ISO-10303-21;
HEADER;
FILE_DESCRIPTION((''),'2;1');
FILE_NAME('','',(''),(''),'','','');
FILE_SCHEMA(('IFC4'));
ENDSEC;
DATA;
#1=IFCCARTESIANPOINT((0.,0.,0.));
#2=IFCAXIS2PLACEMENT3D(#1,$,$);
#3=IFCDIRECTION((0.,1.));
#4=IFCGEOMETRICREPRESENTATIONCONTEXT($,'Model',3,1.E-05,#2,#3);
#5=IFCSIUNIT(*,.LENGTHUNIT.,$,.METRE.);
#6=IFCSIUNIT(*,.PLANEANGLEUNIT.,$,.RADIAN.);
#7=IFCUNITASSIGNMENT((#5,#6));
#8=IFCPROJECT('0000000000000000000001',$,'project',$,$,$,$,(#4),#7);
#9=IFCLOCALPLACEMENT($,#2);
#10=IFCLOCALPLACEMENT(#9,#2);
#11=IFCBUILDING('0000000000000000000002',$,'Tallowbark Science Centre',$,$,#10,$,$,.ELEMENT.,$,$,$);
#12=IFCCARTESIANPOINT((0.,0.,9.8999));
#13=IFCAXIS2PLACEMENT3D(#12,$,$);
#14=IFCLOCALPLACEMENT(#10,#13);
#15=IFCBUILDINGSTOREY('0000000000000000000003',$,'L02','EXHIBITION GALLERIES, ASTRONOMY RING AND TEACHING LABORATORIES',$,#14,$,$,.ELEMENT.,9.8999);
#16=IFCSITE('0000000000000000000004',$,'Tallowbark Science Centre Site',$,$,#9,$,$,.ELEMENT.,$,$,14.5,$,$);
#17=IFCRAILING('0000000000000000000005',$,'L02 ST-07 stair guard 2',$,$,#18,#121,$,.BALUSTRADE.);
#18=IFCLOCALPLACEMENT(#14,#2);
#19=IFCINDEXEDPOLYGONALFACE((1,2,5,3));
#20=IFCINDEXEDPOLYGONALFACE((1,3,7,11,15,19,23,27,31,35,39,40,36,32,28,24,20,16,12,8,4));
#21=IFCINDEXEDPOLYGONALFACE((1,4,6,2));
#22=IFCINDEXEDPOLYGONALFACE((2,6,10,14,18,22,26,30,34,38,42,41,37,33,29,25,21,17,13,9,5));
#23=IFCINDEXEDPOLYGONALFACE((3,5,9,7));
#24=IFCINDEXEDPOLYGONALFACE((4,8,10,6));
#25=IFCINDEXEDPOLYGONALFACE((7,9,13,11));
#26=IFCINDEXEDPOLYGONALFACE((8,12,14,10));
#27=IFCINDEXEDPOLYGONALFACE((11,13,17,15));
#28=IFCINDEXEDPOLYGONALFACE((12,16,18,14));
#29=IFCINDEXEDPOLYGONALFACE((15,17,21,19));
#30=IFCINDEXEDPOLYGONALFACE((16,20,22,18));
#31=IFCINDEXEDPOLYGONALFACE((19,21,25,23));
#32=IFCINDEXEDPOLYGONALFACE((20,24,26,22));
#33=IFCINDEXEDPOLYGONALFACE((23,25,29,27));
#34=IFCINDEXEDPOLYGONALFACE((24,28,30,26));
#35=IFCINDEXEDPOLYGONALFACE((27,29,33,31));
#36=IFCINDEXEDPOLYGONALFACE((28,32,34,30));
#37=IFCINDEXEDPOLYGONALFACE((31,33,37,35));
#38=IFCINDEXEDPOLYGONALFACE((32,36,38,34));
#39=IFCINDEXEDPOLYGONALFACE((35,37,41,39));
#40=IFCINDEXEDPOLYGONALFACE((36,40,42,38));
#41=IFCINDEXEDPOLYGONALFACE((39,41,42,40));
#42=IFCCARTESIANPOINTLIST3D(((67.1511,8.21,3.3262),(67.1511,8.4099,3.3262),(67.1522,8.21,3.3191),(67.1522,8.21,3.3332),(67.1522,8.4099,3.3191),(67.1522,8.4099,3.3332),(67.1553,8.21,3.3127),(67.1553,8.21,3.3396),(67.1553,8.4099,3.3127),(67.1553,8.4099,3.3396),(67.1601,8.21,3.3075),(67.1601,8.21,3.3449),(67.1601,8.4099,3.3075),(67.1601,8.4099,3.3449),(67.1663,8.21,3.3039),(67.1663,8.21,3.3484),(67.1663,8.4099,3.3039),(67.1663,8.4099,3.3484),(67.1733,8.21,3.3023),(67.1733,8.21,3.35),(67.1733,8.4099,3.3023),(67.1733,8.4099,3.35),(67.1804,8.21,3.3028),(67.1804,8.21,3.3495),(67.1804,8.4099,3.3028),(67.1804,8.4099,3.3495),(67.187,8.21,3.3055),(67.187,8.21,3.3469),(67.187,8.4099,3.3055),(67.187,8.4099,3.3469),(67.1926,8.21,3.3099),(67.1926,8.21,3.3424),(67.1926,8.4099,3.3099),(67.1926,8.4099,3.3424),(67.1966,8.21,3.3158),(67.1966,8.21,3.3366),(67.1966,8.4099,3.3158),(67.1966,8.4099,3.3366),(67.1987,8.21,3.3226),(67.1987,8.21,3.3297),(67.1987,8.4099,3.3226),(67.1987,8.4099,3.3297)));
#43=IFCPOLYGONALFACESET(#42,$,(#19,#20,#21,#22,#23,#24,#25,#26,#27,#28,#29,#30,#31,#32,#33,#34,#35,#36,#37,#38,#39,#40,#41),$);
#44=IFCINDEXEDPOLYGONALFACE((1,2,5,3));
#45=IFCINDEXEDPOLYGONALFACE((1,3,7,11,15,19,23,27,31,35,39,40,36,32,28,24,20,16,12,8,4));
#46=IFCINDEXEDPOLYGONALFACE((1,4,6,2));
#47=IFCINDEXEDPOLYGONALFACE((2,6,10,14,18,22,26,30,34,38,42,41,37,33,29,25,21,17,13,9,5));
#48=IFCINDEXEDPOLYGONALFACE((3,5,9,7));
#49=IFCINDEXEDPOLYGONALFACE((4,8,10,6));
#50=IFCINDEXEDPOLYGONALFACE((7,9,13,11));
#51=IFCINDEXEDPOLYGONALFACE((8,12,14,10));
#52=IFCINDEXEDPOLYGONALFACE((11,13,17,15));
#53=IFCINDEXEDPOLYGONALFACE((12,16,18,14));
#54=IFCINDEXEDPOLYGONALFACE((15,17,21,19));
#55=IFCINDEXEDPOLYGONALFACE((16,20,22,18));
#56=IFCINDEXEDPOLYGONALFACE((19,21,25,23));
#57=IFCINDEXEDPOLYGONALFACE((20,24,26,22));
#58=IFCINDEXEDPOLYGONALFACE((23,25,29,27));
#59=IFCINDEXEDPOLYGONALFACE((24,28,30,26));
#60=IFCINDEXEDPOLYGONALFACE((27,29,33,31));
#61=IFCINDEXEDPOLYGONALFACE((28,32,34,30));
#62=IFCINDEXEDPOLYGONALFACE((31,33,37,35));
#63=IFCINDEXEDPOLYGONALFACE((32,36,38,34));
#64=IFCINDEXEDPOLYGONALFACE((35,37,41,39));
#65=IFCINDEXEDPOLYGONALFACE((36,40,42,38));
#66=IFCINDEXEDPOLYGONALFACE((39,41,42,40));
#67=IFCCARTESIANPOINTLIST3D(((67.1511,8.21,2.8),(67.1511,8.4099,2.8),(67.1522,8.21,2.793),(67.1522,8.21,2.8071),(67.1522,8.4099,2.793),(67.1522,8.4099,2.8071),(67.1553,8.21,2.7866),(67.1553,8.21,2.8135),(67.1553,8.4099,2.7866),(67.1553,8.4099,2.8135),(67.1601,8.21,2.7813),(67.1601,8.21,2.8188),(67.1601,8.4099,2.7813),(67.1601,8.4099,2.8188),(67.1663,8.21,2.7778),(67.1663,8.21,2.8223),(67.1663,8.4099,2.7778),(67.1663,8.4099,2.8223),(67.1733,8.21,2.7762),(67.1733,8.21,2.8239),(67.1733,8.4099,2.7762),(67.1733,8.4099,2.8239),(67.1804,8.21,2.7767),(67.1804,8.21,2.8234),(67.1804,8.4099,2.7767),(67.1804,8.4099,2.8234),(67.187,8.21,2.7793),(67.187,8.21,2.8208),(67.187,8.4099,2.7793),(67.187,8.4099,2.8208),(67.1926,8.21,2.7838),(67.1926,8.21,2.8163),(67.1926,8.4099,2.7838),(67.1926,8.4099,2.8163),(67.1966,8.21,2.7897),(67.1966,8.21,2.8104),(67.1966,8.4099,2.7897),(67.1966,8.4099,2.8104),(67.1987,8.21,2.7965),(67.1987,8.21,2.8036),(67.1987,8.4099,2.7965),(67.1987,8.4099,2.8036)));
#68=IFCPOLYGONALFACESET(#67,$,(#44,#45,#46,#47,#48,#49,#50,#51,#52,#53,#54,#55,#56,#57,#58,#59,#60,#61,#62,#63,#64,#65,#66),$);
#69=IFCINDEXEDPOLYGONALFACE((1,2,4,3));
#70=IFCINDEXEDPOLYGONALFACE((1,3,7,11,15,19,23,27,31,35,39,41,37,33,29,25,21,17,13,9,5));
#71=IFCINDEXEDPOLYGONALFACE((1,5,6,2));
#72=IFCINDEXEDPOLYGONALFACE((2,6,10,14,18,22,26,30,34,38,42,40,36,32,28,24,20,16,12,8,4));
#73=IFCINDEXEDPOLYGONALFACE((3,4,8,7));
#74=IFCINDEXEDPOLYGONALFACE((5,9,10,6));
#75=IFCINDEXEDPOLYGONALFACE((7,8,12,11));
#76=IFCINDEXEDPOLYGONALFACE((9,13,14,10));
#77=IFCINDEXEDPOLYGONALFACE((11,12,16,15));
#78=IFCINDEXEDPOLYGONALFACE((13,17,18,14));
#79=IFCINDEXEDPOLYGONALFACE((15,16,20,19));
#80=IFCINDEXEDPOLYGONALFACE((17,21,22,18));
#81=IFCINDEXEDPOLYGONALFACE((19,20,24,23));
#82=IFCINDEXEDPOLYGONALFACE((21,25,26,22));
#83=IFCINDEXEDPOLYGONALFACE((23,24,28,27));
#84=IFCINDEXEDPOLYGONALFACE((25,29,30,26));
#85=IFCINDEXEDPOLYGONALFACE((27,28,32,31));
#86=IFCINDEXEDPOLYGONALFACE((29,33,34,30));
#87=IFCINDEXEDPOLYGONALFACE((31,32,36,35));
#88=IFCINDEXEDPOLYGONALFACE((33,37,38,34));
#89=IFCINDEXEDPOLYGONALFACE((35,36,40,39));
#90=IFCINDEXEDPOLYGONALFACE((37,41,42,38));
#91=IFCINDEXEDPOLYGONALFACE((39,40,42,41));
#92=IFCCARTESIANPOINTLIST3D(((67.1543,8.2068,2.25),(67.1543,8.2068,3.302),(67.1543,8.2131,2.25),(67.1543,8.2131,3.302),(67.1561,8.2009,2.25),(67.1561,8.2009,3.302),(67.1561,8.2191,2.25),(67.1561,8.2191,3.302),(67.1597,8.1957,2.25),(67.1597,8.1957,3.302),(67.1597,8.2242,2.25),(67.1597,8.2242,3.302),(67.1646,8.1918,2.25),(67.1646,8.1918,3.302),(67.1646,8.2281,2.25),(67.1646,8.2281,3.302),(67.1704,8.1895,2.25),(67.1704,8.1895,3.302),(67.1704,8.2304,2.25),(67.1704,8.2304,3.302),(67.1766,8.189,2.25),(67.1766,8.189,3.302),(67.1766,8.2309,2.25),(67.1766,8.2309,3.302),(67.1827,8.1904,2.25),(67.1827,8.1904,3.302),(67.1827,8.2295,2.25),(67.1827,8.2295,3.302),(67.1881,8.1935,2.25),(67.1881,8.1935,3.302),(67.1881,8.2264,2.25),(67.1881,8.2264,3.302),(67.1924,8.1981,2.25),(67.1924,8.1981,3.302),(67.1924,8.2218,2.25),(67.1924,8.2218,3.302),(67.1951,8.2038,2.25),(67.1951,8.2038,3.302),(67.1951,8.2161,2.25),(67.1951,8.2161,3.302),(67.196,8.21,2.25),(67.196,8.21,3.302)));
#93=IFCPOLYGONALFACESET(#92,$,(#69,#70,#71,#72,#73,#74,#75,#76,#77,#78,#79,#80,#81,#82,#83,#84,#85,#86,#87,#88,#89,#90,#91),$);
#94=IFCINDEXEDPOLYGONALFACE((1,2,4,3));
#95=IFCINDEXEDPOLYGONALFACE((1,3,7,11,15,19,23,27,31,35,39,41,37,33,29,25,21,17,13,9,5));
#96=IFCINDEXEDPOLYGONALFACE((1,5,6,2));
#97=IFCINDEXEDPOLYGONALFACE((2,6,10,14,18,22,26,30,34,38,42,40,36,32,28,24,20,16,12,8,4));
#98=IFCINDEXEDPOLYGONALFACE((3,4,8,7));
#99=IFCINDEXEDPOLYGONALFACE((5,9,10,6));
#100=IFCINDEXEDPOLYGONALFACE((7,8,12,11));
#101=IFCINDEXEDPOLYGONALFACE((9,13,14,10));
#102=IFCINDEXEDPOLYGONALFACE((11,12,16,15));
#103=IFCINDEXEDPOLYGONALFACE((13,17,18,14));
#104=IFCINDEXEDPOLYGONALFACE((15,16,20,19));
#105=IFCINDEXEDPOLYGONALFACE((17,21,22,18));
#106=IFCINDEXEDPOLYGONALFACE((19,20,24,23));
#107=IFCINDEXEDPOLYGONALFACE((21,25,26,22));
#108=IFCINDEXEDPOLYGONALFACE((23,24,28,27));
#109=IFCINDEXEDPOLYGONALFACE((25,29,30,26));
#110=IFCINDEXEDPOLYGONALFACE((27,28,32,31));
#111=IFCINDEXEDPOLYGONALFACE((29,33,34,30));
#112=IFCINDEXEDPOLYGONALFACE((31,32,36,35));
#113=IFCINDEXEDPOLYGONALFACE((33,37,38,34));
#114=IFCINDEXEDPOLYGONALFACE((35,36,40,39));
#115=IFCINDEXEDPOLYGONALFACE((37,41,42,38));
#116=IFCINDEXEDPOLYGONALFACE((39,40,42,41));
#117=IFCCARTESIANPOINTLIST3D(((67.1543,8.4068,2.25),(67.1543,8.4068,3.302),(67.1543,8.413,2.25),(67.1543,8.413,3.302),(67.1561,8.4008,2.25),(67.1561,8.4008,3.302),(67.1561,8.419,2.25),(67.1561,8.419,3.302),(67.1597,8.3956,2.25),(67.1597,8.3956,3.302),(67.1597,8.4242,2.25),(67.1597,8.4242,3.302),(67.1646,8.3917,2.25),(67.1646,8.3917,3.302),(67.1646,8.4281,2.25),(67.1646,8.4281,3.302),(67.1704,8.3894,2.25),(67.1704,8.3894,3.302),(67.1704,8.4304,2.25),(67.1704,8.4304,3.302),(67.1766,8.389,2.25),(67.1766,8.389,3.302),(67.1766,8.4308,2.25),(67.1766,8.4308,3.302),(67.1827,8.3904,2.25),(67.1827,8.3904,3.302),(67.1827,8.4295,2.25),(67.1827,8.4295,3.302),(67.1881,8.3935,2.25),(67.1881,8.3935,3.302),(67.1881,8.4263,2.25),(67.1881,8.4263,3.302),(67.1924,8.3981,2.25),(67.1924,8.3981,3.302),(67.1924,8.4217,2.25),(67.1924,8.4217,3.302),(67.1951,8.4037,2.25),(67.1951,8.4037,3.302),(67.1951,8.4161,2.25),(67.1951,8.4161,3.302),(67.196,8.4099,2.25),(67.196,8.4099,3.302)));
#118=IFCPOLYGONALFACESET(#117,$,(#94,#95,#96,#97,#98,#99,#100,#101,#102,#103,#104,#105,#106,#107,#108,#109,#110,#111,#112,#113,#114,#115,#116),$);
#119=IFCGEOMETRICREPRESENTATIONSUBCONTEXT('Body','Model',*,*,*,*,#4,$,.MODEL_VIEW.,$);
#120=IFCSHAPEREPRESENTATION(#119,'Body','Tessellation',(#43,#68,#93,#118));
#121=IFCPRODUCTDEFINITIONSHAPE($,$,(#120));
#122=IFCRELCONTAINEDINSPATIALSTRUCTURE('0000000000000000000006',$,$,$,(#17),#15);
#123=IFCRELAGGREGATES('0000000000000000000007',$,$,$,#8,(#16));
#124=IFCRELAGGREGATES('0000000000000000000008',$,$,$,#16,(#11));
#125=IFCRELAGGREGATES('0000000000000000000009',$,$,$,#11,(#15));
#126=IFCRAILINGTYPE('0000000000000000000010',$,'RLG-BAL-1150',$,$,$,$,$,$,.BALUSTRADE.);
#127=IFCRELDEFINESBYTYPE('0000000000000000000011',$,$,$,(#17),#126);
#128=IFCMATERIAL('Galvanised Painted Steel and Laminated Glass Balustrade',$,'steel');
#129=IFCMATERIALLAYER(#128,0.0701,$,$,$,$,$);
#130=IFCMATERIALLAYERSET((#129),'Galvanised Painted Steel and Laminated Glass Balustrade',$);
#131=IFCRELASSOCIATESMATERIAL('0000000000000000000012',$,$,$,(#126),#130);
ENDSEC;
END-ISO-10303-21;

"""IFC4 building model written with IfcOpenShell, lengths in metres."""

from ifc_helpers import new_model, si_unit, direction, frame, origin, origin_2d, place, context, subcontext, project, spatial, circle, extrude, material, layer, layer_set, type_object, element, save


model = new_model("IFC4")

# Units and contexts
model_context = context("Model", 3, precision=1e-05, world=origin(), true_north=direction((0.0, 1.0)))
body_context = subcontext(model_context, "Body", "Model", "MODEL_VIEW")
ifc_project = project(units=[si_unit("LENGTHUNIT", "METRE"), si_unit("PLANEANGLEUNIT", "RADIAN")], contexts=[model_context])

# Site, building, storey
site_placement = place(None, origin())
site = spatial("IfcSite", under=ifc_project, at=site_placement, Name="Tallowbark Science Centre Site", CompositionType="ELEMENT", RefElevation=14.5)
building_placement = place(site_placement, origin())
building = spatial("IfcBuilding", under=site, at=building_placement, Name="Tallowbark Science Centre", CompositionType="ELEMENT")
storey_placement = place(building_placement, frame((0.0, 0.0, 9.8999)))
storey = spatial("IfcBuildingStorey", under=building, at=storey_placement, Name="L02", Description="EXHIBITION GALLERIES, ASTRONOMY RING AND TEACHING LABORATORIES", CompositionType="ELEMENT", Elevation=9.8999)

# Railing
ifc_material_1 = material(Name="Galvanised Painted Steel and Laminated Glass Balustrade", Category="steel")
ifc_layer_1 = layer(ifc_material_1, 0.0701)
ifc_layer_set_1 = layer_set([ifc_layer_1], Name="Galvanised Painted Steel and Laminated Glass Balustrade")
railing_type_1 = type_object("IfcRailingType", Name="RLG-BAL-1150", PredefinedType="BALUSTRADE", material=ifc_layer_set_1)
railing_1_placement = place(storey_placement, frame((67.175, 8.21, 2.25)))
element("IfcRailing", 1, at=railing_1_placement, inside=storey, type_object=railing_type_1, Name="L02 ST-07 stair guard 2", PredefinedType="BALUSTRADE", context=body_context, shape_type="SweptSolid", body=[
    extrude(circle(Radius=0.0239, at=origin_2d()), frame((0.0, 0.0, 1.0762), z_axis=(0.0, 1.0, 0.0), x_axis=(-1.0, 0.0, 0.0)), (0.0, 0.0, 1.0), 0.2),
    extrude(circle(Radius=0.0239, at=origin_2d()), frame((0.0, 0.0, 0.55), z_axis=(0.0, 1.0, 0.0), x_axis=(-1.0, 0.0, 0.0)), (0.0, 0.0, 1.0), 0.2),
    extrude(circle(Radius=0.021, at=origin_2d()), origin(), (0.0, 0.0, 1.0), 1.052),
    extrude(circle(Radius=0.021, at=origin_2d()), frame((0.0, 0.2, 0.0)), (0.0, 0.0, 1.0), 1.052),
])

save(model, "model.ifc")
